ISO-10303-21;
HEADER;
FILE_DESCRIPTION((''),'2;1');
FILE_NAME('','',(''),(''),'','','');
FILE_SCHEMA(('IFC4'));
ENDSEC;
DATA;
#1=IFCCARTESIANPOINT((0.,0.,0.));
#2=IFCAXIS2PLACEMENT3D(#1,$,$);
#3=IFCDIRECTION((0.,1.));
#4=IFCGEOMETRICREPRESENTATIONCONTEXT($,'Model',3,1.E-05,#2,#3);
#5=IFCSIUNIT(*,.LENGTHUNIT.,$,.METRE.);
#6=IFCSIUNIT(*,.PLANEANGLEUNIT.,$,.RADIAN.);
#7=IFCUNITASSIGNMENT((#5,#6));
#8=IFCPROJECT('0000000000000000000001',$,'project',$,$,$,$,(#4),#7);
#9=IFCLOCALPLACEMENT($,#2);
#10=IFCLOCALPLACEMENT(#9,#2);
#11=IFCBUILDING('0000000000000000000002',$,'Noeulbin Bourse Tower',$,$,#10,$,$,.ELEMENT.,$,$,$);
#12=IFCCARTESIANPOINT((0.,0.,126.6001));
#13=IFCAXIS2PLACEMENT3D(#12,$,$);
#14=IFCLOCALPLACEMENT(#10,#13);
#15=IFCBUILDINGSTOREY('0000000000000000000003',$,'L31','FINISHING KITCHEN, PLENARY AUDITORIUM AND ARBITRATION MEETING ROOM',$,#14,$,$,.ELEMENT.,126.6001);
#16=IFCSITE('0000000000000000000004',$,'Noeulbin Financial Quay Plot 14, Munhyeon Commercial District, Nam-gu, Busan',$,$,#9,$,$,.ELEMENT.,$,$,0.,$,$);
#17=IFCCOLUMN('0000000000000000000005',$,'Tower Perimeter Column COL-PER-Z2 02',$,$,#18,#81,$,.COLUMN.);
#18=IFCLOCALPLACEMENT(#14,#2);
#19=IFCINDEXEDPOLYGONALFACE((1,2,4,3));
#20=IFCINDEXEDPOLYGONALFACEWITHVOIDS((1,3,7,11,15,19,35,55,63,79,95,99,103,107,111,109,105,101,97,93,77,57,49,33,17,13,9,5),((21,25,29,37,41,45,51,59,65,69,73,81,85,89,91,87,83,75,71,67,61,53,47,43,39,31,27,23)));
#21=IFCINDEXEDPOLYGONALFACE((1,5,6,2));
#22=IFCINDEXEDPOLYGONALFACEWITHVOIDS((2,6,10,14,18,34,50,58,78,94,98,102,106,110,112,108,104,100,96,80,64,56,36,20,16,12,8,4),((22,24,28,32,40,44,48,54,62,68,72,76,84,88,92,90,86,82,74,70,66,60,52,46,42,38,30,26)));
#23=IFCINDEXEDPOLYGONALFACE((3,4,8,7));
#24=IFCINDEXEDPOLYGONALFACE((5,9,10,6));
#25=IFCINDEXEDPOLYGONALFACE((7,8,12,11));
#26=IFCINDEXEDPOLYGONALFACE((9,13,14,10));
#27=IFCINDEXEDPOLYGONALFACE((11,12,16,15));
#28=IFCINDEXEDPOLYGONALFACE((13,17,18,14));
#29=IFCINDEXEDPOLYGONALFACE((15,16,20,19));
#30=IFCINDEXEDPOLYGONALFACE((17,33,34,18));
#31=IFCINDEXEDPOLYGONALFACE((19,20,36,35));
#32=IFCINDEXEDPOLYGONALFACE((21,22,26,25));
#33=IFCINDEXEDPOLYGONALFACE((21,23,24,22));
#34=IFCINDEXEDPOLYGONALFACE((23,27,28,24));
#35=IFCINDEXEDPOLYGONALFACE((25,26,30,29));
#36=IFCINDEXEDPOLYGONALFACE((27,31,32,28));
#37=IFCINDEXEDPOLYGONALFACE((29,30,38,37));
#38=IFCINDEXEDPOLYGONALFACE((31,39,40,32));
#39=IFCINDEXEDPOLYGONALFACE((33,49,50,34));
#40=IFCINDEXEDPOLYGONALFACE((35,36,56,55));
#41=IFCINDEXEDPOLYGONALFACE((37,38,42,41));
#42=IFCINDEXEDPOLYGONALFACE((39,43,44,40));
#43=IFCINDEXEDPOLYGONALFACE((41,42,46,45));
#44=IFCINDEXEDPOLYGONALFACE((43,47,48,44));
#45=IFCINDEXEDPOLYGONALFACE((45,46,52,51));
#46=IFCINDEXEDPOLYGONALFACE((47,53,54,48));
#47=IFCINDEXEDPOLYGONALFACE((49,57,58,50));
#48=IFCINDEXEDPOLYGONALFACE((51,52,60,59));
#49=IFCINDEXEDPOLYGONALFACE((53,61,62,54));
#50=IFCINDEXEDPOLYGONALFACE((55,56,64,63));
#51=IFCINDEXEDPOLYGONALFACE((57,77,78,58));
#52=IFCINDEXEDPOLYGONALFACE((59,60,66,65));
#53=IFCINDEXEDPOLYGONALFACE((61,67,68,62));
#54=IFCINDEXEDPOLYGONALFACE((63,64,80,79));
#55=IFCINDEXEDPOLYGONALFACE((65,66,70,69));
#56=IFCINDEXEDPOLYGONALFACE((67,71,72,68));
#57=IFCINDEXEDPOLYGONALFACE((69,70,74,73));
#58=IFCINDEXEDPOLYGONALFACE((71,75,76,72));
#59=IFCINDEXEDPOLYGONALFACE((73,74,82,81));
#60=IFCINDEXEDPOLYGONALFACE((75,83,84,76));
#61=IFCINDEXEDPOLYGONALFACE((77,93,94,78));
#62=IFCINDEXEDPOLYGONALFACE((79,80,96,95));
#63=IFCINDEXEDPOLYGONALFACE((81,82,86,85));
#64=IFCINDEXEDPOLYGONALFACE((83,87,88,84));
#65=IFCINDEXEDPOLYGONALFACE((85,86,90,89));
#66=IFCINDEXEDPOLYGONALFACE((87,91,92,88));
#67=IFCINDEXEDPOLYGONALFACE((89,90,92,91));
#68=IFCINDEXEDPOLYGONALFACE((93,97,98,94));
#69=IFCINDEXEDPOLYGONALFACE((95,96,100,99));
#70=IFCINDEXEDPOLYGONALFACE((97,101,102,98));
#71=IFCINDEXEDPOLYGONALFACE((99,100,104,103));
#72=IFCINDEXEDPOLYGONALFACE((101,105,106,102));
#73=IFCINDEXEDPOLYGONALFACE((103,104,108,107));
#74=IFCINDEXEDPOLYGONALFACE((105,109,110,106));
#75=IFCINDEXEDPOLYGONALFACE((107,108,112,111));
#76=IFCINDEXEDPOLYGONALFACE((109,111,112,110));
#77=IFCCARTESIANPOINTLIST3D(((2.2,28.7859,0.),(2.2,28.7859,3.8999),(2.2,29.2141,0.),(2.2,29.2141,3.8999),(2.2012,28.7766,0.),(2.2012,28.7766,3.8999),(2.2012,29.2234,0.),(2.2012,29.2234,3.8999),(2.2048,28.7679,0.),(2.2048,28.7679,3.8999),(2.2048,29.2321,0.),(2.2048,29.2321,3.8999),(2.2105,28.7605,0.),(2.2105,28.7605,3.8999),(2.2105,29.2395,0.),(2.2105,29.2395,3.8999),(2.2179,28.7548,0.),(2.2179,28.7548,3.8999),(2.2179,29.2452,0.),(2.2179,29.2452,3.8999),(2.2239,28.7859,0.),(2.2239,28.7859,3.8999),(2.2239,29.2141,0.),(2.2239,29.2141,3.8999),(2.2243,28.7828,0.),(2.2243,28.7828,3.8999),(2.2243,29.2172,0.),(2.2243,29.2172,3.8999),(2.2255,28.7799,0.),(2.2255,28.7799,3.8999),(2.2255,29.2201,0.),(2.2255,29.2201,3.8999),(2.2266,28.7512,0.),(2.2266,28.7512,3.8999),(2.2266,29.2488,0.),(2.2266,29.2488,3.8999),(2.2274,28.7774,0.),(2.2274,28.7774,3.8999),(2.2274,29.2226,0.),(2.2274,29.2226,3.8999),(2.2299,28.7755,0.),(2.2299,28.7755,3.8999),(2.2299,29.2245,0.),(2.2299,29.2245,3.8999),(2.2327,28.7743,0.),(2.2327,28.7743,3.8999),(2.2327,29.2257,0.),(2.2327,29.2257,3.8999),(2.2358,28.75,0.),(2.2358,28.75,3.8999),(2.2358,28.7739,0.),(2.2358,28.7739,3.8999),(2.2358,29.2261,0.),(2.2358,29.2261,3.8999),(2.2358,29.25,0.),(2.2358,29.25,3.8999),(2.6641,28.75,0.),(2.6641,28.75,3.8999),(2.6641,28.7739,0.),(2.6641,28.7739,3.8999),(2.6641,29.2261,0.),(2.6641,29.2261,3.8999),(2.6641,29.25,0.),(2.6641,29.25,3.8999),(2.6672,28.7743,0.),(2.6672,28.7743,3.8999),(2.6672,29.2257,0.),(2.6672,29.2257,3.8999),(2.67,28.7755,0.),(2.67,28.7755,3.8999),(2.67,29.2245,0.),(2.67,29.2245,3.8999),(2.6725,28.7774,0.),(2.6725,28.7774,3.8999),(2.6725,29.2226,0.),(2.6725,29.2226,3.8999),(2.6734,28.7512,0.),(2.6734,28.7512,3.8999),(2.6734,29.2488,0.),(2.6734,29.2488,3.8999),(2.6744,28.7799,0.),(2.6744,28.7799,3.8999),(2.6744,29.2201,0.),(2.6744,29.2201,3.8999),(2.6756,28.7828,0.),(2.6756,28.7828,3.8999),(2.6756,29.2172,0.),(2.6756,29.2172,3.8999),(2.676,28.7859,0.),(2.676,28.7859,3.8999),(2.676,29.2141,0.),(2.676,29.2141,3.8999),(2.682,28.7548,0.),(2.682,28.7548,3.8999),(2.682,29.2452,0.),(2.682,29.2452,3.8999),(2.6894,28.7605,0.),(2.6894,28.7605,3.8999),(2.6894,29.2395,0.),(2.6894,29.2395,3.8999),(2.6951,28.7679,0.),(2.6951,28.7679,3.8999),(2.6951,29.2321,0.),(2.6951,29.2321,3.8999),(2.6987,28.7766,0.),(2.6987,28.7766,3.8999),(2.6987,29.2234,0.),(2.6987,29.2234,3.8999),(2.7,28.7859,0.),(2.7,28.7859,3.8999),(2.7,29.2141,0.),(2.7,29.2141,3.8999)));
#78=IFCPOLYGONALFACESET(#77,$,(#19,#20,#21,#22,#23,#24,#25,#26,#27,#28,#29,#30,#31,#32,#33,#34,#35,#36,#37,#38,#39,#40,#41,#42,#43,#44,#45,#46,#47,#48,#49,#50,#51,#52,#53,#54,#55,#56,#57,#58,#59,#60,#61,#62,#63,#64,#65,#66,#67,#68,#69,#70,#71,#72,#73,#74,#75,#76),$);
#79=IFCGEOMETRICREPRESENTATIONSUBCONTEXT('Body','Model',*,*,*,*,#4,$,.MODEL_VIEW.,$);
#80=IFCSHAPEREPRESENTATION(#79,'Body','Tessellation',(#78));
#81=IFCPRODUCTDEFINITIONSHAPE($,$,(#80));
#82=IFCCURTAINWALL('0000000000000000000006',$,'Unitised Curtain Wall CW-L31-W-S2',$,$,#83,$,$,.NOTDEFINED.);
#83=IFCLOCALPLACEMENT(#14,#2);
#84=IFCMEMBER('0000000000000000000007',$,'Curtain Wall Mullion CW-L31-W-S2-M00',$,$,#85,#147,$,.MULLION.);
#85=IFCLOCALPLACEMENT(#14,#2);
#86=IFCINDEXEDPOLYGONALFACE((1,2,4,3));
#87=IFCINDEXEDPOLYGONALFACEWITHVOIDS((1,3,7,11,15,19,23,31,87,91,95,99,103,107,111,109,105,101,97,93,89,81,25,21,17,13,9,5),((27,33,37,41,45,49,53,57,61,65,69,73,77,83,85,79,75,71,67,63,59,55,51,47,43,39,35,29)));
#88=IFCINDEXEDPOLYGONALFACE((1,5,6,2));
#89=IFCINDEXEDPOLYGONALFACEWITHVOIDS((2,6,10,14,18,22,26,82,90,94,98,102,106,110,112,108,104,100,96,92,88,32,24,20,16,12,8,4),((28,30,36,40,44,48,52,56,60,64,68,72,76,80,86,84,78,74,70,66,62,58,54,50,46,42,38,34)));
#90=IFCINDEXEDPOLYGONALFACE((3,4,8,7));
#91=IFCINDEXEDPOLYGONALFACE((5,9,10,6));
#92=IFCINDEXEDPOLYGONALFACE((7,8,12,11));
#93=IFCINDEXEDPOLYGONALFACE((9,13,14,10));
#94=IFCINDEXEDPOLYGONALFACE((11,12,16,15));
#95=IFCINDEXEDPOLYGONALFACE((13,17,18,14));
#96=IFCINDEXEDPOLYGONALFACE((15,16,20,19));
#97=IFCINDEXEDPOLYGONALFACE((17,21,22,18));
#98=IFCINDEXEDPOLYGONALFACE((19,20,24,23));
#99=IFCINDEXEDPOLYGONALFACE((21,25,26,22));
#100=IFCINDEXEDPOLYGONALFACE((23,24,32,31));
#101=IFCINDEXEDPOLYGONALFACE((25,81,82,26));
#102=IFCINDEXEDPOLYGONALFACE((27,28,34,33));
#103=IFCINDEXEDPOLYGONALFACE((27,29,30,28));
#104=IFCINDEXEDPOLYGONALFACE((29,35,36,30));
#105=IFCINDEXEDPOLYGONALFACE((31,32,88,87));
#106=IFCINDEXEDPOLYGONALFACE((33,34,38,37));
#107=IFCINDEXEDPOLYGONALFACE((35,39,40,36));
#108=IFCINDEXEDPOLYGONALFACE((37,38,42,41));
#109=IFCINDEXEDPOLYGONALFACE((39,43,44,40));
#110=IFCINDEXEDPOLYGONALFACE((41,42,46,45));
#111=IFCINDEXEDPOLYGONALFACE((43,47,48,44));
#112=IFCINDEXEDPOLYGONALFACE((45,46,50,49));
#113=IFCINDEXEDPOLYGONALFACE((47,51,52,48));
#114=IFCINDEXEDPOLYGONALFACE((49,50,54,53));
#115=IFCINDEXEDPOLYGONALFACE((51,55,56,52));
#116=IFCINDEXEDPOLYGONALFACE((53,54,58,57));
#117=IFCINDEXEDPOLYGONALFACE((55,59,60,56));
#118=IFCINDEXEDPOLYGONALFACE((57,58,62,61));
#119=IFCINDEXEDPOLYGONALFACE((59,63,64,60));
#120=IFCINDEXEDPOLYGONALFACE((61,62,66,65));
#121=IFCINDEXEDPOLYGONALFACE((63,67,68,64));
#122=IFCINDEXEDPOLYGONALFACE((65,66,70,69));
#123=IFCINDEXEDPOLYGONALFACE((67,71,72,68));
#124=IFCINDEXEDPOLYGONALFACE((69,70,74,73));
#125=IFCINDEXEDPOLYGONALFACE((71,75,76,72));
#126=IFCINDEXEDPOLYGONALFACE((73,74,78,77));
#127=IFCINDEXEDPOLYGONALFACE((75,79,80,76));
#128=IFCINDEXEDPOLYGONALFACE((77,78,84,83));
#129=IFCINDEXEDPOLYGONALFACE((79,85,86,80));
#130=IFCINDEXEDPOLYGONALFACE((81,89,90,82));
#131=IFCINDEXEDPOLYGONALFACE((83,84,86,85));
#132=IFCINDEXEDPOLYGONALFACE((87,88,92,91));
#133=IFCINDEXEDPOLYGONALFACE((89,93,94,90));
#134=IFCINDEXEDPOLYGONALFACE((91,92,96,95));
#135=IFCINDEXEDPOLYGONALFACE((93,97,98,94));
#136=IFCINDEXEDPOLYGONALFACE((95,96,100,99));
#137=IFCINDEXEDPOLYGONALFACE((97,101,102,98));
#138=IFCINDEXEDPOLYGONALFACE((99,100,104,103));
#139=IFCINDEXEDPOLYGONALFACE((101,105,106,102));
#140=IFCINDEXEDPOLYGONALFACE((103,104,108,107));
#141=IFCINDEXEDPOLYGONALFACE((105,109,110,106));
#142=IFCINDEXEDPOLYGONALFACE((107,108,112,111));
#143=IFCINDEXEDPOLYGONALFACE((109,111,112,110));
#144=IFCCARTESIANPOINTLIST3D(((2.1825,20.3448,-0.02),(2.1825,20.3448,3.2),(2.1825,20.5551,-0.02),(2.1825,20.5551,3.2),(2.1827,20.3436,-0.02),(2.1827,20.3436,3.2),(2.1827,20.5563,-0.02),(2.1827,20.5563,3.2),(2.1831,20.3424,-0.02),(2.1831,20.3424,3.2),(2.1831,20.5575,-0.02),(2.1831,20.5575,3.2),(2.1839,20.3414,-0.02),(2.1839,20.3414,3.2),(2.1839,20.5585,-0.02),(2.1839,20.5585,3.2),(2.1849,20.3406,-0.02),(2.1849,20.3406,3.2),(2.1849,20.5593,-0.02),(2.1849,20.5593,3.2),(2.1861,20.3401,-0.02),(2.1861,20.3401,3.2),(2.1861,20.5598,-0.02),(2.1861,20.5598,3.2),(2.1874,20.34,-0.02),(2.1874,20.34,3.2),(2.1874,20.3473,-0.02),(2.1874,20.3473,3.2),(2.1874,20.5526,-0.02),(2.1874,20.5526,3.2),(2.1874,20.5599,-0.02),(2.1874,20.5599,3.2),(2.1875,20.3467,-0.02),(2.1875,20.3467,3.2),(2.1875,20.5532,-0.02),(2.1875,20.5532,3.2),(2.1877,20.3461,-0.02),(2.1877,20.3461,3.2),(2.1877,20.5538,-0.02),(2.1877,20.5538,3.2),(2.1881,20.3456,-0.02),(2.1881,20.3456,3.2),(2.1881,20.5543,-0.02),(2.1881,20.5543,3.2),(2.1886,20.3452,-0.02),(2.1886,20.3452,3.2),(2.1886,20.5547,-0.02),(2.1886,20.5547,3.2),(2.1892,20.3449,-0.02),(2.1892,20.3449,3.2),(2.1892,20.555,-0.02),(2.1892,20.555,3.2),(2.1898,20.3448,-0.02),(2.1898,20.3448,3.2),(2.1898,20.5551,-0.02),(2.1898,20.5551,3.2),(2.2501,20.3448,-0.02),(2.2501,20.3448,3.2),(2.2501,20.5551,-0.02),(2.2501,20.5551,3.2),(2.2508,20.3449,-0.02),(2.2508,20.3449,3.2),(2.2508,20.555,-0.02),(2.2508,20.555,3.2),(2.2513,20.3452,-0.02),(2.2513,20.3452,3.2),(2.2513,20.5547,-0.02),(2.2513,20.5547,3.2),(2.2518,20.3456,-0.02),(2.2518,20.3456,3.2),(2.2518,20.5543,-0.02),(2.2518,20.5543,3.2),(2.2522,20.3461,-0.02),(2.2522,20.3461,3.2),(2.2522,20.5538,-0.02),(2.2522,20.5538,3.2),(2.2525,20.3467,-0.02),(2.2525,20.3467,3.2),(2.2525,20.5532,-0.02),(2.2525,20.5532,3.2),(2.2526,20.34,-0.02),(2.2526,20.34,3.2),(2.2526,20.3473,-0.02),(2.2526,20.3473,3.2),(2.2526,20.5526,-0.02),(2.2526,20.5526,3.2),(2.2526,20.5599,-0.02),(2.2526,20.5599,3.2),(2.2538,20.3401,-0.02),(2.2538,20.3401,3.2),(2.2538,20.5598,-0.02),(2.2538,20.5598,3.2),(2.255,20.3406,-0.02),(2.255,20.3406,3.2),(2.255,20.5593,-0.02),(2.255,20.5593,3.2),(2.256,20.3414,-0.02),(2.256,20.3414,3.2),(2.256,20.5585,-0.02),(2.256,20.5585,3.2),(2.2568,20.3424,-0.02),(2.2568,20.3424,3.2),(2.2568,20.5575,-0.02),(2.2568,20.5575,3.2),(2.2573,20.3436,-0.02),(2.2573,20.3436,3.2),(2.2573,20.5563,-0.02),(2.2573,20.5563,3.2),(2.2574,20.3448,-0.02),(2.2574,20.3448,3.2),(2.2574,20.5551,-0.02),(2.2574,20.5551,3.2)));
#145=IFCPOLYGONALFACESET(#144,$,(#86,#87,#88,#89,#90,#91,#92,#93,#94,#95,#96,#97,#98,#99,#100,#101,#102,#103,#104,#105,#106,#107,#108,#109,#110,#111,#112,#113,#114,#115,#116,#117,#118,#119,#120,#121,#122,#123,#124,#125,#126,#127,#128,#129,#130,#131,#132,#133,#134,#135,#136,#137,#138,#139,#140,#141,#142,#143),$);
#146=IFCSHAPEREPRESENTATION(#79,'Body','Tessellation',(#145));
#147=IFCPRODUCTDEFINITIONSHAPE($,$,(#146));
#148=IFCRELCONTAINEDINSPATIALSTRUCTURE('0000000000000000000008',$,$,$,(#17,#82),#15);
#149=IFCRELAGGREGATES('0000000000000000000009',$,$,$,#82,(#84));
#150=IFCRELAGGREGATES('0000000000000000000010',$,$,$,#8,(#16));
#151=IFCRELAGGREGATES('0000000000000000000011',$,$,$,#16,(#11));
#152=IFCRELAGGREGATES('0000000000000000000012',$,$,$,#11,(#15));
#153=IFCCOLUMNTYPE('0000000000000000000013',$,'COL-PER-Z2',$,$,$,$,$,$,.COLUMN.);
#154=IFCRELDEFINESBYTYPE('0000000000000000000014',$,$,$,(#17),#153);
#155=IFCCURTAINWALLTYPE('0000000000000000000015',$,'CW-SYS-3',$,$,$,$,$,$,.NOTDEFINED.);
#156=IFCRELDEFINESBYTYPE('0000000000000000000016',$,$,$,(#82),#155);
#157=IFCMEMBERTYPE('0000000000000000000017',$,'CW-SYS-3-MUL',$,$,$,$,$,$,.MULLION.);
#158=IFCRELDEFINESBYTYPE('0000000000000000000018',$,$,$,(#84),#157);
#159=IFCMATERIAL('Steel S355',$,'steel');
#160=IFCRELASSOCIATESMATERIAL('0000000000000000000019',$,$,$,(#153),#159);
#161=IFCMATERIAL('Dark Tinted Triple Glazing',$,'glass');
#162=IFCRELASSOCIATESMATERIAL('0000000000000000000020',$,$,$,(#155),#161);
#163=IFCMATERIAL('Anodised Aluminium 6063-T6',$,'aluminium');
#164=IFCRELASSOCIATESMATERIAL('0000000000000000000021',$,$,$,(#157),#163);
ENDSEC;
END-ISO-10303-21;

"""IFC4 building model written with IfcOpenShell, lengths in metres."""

from ifc_helpers import new_model, si_unit, direction, frame, origin, origin_2d, place, context, subcontext, project, spatial, hollow_rectangle, extrude, material, material_profile, profile_set, type_object, element, aggregate, save


model = new_model("IFC4")

# Units and contexts
model_context = context("Model", 3, precision=1e-05, world=origin(), true_north=direction((0.0, 1.0)))
body_context = subcontext(model_context, "Body", "Model", "MODEL_VIEW")
ifc_project = project(units=[si_unit("LENGTHUNIT", "METRE"), si_unit("PLANEANGLEUNIT", "RADIAN")], contexts=[model_context])

# Site, building, storey
site_placement = place(None, origin())
site = spatial("IfcSite", under=ifc_project, at=site_placement, Name="Noeulbin Financial Quay Plot 14, Munhyeon Commercial District, Nam-gu, Busan", CompositionType="ELEMENT", RefElevation=0.0)
building_placement = place(site_placement, origin())
building = spatial("IfcBuilding", under=site, at=building_placement, Name="Noeulbin Bourse Tower", CompositionType="ELEMENT")
storey_placement = place(building_placement, frame((0.0, 0.0, 126.6001)))
storey = spatial("IfcBuildingStorey", under=building, at=storey_placement, Name="L31", Description="FINISHING KITCHEN, PLENARY AUDITORIUM AND ARBITRATION MEETING ROOM", CompositionType="ELEMENT", Elevation=126.6001)

# Column
ifc_material_1 = material(Name="Steel S355", Category="steel")
ifc_material_profile_1 = material_profile(ifc_material_1, hollow_rectangle(XDim=0.5, YDim=0.5, WallThickness=0.0239, InnerFilletRadius=0.012, OuterFilletRadius=0.0359, at=origin_2d()), Name="BOX-500x500x24", Category="LoadBearing")
ifc_profile_set_1 = profile_set([ifc_material_profile_1], Name="Steel S355")
column_type = type_object("IfcColumnType", Name="COL-PER-Z2", PredefinedType="COLUMN", material=ifc_profile_set_1)
column_placement = place(storey_placement, frame((2.45, 29.0, 0.0), z_axis=(0.0, 0.0, 1.0), x_axis=(1.0, 0.0, 0.0)))
element("IfcColumn", 1, at=column_placement, inside=storey, type_object=column_type, Name="Tower Perimeter Column COL-PER-Z2 02", PredefinedType="COLUMN", context=body_context, shape_type="SweptSolid", body=[
    extrude(hollow_rectangle(XDim=0.5, YDim=0.5, WallThickness=0.0239, InnerFilletRadius=0.012, OuterFilletRadius=0.0359, at=origin_2d()), origin(), (0.0, 0.0, 1.0), 3.8999),
])

# Curtain wall, member
ifc_material_2 = material(Name="Dark Tinted Triple Glazing", Category="glass")
curtain_wall_type = type_object("IfcCurtainWallType", Name="CW-SYS-3", PredefinedType="NOTDEFINED", material=ifc_material_2)
curtain_wall_placement = place(storey_placement, origin())
curtain_wall = element("IfcCurtainWall", 2, at=curtain_wall_placement, inside=storey, type_object=curtain_wall_type, Name="Unitised Curtain Wall CW-L31-W-S2", PredefinedType="NOTDEFINED")
ifc_material_3 = material(Name="Anodised Aluminium 6063-T6", Category="aluminium")
ifc_material_profile_2 = material_profile(ifc_material_3, hollow_rectangle(XDim=0.075, YDim=0.22, WallThickness=0.0049, InnerFilletRadius=0.0024, OuterFilletRadius=0.0049, at=origin_2d()), Name="ALU-MULL-75x220x5", Category="LoadBearing")
ifc_profile_set_2 = profile_set([ifc_material_profile_2], Name="Anodised Aluminium 6063-T6")
member_type_1 = type_object("IfcMemberType", Name="CW-SYS-3-MUL", PredefinedType="MULLION", material=ifc_profile_set_2)
member_1_placement = place(storey_placement, frame((2.22, 20.45, -0.02), z_axis=(0.0, 0.0, 1.0), x_axis=(1.0, 0.0, 0.0)))
member_1 = element("IfcMember", 3, at=member_1_placement, type_object=member_type_1, Name="Curtain Wall Mullion CW-L31-W-S2-M00", PredefinedType="MULLION", context=body_context, shape_type="SweptSolid", body=[
    extrude(hollow_rectangle(XDim=0.075, YDim=0.22, WallThickness=0.0049, InnerFilletRadius=0.0024, OuterFilletRadius=0.0049, at=origin_2d()), origin(), (0.0, 0.0, 1.0), 3.22),
])
aggregate(curtain_wall, [member_1])

save(model, "model.ifc")
